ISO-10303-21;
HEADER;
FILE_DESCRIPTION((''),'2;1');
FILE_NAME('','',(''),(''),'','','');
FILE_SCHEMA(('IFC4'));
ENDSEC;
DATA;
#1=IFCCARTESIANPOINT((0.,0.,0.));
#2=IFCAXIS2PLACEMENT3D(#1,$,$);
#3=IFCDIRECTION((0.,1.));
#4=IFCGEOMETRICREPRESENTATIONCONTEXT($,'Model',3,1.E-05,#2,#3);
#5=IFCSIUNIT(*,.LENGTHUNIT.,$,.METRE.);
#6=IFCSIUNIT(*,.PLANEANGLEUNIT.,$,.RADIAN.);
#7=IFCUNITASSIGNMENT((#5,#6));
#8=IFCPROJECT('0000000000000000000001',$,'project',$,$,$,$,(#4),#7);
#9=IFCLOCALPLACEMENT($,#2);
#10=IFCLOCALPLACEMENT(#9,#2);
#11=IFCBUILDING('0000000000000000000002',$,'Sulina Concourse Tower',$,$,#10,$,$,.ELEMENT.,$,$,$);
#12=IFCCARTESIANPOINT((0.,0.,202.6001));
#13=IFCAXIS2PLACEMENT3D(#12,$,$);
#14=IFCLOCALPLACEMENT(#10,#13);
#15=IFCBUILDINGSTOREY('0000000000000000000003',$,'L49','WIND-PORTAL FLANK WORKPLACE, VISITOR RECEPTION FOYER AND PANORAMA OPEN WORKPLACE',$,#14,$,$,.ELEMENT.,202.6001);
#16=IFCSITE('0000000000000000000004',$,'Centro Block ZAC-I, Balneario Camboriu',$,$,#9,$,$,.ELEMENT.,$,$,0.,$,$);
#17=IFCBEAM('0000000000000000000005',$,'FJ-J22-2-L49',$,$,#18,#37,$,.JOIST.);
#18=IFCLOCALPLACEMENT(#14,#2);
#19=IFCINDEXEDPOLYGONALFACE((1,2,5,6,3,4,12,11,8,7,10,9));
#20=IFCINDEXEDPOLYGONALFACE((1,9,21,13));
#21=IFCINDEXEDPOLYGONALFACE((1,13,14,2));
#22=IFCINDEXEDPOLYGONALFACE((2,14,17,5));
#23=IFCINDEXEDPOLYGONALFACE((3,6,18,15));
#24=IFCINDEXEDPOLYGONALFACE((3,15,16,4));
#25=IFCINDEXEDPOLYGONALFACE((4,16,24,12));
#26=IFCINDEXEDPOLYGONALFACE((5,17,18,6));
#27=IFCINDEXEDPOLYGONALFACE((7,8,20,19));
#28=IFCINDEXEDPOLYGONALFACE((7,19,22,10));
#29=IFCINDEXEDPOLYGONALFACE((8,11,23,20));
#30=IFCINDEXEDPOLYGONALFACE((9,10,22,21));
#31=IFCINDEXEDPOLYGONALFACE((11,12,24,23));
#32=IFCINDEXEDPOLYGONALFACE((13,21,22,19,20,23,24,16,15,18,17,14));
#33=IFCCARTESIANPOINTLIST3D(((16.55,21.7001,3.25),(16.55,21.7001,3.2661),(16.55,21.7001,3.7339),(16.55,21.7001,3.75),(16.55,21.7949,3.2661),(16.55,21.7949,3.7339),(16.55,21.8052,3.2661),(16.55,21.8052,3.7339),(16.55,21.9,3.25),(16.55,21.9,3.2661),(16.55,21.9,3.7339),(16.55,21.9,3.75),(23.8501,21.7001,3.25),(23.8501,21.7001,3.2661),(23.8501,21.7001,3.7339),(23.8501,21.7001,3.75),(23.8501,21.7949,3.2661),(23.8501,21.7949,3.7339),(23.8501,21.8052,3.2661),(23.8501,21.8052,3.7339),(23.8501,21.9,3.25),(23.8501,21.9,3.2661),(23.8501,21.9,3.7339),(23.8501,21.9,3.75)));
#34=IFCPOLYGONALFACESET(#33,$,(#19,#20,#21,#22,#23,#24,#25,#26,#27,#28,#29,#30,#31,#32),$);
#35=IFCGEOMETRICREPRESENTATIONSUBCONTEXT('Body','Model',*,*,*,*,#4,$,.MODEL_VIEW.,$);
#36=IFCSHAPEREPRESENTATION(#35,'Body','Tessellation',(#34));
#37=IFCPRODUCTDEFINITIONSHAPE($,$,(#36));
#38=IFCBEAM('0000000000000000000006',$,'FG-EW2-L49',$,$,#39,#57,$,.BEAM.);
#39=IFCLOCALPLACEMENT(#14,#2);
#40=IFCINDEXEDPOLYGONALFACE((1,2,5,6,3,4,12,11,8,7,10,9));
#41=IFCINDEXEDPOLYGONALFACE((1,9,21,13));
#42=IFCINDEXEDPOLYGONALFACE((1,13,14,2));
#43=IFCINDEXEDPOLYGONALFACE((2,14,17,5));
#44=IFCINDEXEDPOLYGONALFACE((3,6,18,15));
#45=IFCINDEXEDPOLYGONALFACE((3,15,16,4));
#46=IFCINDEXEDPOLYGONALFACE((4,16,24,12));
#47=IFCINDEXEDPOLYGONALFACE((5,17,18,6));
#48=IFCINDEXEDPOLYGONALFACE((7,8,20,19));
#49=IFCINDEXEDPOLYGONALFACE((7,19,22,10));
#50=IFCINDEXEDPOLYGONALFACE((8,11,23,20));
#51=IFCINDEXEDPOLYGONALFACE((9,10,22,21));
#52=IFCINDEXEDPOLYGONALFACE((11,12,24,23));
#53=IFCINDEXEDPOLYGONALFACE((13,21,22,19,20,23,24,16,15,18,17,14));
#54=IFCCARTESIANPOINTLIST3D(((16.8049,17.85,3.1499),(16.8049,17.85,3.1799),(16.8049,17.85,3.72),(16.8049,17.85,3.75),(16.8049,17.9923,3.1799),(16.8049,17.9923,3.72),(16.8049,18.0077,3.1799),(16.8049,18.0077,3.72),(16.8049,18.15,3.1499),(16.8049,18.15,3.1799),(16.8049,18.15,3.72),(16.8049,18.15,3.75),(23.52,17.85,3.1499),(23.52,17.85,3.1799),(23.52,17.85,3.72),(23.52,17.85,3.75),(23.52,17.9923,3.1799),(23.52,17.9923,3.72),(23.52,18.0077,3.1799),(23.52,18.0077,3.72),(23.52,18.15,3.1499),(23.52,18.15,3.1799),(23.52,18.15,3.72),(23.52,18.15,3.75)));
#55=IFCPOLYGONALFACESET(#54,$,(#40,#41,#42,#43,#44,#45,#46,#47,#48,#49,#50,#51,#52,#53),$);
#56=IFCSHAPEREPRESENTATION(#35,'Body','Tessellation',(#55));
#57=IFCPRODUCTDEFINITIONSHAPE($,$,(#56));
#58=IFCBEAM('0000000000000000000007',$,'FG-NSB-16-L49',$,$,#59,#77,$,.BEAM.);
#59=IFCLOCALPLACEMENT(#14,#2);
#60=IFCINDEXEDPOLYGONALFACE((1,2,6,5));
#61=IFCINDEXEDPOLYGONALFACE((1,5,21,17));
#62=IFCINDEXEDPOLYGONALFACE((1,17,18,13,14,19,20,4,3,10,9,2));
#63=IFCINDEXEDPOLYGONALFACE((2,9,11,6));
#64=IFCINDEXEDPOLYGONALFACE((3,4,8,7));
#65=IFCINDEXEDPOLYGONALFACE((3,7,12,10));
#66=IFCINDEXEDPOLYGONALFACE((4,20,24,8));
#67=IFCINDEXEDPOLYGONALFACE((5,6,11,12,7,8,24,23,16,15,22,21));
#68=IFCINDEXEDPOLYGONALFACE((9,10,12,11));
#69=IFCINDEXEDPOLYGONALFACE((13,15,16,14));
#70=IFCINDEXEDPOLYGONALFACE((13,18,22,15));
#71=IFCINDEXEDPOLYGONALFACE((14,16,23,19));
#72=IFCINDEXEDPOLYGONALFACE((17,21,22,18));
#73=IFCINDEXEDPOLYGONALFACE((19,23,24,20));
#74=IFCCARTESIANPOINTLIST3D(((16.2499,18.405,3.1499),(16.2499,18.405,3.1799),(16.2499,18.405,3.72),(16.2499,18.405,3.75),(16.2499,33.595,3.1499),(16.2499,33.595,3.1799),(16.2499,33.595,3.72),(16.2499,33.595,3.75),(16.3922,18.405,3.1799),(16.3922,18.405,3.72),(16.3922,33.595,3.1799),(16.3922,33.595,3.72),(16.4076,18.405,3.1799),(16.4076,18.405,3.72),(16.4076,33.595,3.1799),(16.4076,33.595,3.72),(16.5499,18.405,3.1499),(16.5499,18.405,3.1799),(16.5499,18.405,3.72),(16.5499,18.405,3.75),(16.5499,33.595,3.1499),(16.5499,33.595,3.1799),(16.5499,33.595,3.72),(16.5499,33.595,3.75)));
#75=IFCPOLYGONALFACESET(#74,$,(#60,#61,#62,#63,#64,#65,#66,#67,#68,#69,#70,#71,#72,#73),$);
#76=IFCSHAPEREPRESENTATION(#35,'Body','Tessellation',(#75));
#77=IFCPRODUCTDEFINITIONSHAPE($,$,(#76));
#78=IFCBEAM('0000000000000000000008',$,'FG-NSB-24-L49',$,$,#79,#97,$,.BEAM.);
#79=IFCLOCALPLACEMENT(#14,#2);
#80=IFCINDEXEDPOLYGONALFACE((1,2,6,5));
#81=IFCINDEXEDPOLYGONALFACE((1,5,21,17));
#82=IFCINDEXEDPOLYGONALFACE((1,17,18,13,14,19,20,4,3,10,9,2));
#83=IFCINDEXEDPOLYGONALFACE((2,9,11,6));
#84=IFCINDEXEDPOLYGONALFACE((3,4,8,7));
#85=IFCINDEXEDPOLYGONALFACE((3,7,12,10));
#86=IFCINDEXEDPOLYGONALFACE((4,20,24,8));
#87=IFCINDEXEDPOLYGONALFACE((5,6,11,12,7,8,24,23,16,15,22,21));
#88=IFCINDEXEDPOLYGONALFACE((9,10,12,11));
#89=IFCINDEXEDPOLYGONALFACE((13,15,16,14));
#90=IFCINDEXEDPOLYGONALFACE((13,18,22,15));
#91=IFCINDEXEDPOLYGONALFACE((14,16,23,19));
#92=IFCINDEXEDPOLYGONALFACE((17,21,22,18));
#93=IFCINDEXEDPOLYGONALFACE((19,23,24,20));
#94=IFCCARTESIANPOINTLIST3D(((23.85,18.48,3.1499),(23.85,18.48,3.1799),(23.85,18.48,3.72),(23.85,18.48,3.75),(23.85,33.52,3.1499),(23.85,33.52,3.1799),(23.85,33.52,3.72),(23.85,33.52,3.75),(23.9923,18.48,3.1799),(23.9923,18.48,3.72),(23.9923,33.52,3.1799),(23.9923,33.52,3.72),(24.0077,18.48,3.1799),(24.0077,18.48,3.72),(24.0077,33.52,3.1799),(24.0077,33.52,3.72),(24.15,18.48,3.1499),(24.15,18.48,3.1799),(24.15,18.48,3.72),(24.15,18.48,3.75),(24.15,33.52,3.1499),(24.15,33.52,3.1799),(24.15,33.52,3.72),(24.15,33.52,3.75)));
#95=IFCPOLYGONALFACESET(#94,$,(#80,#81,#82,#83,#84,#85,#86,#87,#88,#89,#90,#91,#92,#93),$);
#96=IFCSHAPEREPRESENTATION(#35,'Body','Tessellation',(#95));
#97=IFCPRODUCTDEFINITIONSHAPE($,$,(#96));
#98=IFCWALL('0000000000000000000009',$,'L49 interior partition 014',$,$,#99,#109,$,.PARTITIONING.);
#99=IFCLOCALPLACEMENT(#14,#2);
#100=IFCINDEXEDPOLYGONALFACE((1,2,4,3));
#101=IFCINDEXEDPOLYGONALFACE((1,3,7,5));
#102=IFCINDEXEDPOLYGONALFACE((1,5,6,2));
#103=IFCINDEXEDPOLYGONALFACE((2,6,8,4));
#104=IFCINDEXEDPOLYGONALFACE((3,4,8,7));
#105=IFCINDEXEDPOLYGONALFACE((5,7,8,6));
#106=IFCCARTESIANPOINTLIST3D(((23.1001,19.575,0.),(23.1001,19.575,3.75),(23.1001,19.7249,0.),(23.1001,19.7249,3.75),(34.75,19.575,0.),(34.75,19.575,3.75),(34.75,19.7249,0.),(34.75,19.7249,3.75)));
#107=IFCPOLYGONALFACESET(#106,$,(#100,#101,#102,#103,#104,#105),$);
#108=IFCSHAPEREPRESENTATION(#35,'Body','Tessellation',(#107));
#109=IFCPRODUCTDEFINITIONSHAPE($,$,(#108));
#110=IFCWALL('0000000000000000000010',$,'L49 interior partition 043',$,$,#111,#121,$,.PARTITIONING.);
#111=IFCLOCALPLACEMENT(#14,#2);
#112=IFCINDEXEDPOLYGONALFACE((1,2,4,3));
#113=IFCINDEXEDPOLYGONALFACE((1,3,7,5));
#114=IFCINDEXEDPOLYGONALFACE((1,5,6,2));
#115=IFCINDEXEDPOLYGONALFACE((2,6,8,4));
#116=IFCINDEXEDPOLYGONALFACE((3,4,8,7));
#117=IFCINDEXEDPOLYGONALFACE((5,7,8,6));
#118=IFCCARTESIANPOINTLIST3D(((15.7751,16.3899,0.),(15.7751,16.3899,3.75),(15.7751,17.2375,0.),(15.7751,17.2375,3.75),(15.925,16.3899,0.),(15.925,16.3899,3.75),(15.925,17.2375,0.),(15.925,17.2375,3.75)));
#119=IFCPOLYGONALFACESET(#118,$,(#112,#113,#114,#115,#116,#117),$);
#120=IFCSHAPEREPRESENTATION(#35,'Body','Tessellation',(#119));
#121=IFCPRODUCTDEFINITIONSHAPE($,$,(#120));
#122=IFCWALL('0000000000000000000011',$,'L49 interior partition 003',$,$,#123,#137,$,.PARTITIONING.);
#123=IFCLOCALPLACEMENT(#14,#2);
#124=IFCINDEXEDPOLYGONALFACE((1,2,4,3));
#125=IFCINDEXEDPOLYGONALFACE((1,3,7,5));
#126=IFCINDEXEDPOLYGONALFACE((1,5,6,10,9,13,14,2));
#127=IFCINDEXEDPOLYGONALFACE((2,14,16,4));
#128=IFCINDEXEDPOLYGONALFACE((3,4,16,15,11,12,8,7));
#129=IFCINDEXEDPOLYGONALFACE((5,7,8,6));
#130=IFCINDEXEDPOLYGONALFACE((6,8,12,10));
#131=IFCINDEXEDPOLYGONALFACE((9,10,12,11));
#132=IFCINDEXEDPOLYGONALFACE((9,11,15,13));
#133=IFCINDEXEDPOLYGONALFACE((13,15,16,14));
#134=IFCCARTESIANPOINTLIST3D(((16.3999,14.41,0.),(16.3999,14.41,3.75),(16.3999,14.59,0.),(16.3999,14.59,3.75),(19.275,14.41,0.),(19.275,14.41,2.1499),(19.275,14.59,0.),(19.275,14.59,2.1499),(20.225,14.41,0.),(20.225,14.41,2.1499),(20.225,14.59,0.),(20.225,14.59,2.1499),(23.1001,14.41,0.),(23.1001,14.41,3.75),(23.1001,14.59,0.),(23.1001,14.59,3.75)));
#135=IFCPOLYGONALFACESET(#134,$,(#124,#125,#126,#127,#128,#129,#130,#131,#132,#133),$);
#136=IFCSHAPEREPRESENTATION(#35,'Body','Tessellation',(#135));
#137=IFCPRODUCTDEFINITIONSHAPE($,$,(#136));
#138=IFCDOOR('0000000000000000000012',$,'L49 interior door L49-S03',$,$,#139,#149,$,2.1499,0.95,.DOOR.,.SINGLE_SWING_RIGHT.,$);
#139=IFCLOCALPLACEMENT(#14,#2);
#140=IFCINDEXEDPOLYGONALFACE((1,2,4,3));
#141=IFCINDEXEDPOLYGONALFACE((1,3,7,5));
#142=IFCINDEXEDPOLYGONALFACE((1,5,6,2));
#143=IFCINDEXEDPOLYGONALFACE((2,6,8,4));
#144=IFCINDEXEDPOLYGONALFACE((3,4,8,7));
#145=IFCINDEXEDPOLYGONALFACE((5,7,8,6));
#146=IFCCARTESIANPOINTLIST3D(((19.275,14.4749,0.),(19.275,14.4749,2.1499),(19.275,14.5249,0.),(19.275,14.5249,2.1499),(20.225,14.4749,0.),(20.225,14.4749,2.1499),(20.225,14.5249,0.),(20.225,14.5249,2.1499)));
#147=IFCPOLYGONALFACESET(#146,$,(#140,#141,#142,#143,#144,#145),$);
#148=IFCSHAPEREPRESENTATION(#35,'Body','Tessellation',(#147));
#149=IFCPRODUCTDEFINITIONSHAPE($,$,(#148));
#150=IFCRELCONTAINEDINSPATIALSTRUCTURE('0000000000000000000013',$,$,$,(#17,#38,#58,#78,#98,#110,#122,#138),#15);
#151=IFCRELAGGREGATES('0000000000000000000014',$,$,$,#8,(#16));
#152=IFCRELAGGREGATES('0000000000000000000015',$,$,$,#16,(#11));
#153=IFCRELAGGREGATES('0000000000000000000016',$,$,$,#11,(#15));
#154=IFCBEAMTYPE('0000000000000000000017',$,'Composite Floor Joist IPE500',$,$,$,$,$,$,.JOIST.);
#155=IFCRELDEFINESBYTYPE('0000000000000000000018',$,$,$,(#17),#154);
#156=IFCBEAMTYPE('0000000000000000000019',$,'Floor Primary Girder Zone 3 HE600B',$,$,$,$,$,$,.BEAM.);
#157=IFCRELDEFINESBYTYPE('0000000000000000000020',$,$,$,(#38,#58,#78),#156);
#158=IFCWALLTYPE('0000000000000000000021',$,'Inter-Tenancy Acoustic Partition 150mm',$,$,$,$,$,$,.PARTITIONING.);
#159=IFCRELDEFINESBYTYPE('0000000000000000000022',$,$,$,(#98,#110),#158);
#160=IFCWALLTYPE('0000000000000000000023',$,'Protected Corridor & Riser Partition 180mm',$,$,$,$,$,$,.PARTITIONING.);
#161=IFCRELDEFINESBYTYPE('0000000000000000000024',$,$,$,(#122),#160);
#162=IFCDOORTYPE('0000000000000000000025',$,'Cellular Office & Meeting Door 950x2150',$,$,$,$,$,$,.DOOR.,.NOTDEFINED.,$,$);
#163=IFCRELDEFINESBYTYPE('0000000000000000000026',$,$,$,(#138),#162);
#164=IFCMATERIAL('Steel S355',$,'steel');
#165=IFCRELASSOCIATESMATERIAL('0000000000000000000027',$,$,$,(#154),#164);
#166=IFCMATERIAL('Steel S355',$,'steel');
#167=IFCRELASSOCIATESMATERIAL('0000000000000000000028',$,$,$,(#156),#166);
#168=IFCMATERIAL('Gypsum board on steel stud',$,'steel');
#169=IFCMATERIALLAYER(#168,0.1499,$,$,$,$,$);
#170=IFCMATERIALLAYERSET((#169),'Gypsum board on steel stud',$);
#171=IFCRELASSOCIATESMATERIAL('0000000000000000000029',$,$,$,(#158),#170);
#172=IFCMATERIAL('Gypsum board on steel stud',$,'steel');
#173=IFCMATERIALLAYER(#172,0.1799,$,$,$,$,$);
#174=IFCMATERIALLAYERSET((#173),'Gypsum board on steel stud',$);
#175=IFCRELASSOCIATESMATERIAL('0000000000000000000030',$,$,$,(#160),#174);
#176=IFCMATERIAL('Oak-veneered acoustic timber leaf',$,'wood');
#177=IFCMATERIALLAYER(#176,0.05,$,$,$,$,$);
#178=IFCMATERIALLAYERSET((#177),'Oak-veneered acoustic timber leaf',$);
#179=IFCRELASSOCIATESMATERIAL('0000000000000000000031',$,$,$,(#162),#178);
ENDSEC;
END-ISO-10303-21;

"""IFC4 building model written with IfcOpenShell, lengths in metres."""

from ifc_helpers import new_model, si_unit, direction, frame, frame_2d, origin, origin_2d, place, context, subcontext, project, spatial, rectangle, i_section, extrude, material, layer, layer_set, material_profile, profile_set, type_object, element, fill, save


model = new_model("IFC4")

# Units and contexts
model_context = context("Model", 3, precision=1e-05, world=origin(), true_north=direction((0.0, 1.0)))
body_context = subcontext(model_context, "Body", "Model", "MODEL_VIEW")
ifc_project = project(units=[si_unit("LENGTHUNIT", "METRE"), si_unit("PLANEANGLEUNIT", "RADIAN")], contexts=[model_context])

# Site, building, storey
site_placement = place(None, origin())
site = spatial("IfcSite", under=ifc_project, at=site_placement, Name="Centro Block ZAC-I, Balneario Camboriu", CompositionType="ELEMENT", RefElevation=0.0)
building_placement = place(site_placement, origin())
building = spatial("IfcBuilding", under=site, at=building_placement, Name="Sulina Concourse Tower", CompositionType="ELEMENT")
storey_placement = place(building_placement, frame((0.0, 0.0, 202.6001)))
storey = spatial("IfcBuildingStorey", under=building, at=storey_placement, Name="L49", Description="WIND-PORTAL FLANK WORKPLACE, VISITOR RECEPTION FOYER AND PANORAMA OPEN WORKPLACE", CompositionType="ELEMENT", Elevation=202.6001)

# Beams
ifc_material_1 = material(Name="Steel S355", Category="steel")
ifc_material_profile_1 = material_profile(ifc_material_1, i_section(OverallWidth=0.2, OverallDepth=0.5, WebThickness=0.0103, FlangeThickness=0.0161, at=origin_2d()), Name="IPE 500")
ifc_profile_set_1 = profile_set([ifc_material_profile_1], Name="Steel S355")
beam_type_1 = type_object("IfcBeamType", Name="Composite Floor Joist IPE500", PredefinedType="JOIST", material=ifc_profile_set_1)
beam_1_placement = place(storey_placement, frame((16.55, 21.8, 3.5), z_axis=(1.0, 0.0, 0.0), x_axis=(0.0, 1.0, 0.0)))
element("IfcBeam", 1, at=beam_1_placement, inside=storey, type_object=beam_type_1, Name="FJ-J22-2-L49", PredefinedType="JOIST", context=body_context, shape_type="SweptSolid", body=[
    extrude(i_section(OverallWidth=0.2, OverallDepth=0.5, WebThickness=0.0103, FlangeThickness=0.0161, at=origin_2d()), origin(), (0.0, 0.0, 1.0), 7.3),
])
ifc_material_2 = material(Name="Steel S355", Category="steel")
ifc_material_profile_2 = material_profile(ifc_material_2, i_section(OverallWidth=0.3, OverallDepth=0.6001, WebThickness=0.0154, FlangeThickness=0.03, at=origin_2d()), Name="HE 600 B")
ifc_profile_set_2 = profile_set([ifc_material_profile_2], Name="Steel S355")
beam_type_2 = type_object("IfcBeamType", Name="Floor Primary Girder Zone 3 HE600B", PredefinedType="BEAM", material=ifc_profile_set_2)
beam_2_placement = place(storey_placement, frame((16.8049, 18.0, 3.45), z_axis=(1.0, 0.0, 0.0), x_axis=(0.0, 1.0, 0.0)))
element("IfcBeam", 2, at=beam_2_placement, inside=storey, type_object=beam_type_2, Name="FG-EW2-L49", PredefinedType="BEAM", context=body_context, shape_type="SweptSolid", body=[
    extrude(i_section(OverallWidth=0.3, OverallDepth=0.6001, WebThickness=0.0154, FlangeThickness=0.03, at=origin_2d()), origin(), (0.0, 0.0, 1.0), 6.7151),
])
beam_3_placement = place(storey_placement, frame((16.3999, 18.405, 3.45), z_axis=(0.0, 1.0, 0.0), x_axis=(-1.0, 0.0, 0.0)))
element("IfcBeam", 3, at=beam_3_placement, inside=storey, type_object=beam_type_2, Name="FG-NSB-16-L49", PredefinedType="BEAM", context=body_context, shape_type="SweptSolid", body=[
    extrude(i_section(OverallWidth=0.3, OverallDepth=0.6001, WebThickness=0.0154, FlangeThickness=0.03, at=origin_2d()), origin(), (0.0, 0.0, 1.0), 15.1899),
])
beam_4_placement = place(storey_placement, frame((24.0, 18.48, 3.45), z_axis=(0.0, 1.0, 0.0), x_axis=(-1.0, 0.0, 0.0)))
element("IfcBeam", 4, at=beam_4_placement, inside=storey, type_object=beam_type_2, Name="FG-NSB-24-L49", PredefinedType="BEAM", context=body_context, shape_type="SweptSolid", body=[
    extrude(i_section(OverallWidth=0.3, OverallDepth=0.6001, WebThickness=0.0154, FlangeThickness=0.03, at=origin_2d()), origin(), (0.0, 0.0, 1.0), 15.04),
])

# Walls
ifc_material_3 = material(Name="Gypsum board on steel stud", Category="steel")
ifc_layer_1 = layer(ifc_material_3, 0.1499)
ifc_layer_set_1 = layer_set([ifc_layer_1], Name="Gypsum board on steel stud")
wall_type_1 = type_object("IfcWallType", Name="Inter-Tenancy Acoustic Partition 150mm", PredefinedType="PARTITIONING", material=ifc_layer_set_1)
wall_1_placement = place(storey_placement, frame((23.1001, 19.6499, 0.0), z_axis=(0.0, 0.0, 1.0), x_axis=(1.0, 0.0, 0.0)))
element("IfcWall", 5, at=wall_1_placement, inside=storey, type_object=wall_type_1, Name="L49 interior partition 014", PredefinedType="PARTITIONING", context=body_context, shape_type="SweptSolid", body=[
    extrude(rectangle(XDim=11.6499, YDim=0.1499, at=frame_2d((5.825, 0.0))), origin(), (0.0, 0.0, 1.0), 3.75),
])
wall_2_placement = place(storey_placement, frame((15.8501, 16.3899, 0.0), z_axis=(0.0, 0.0, 1.0), x_axis=(0.0, 1.0, 0.0)))
element("IfcWall", 6, at=wall_2_placement, inside=storey, type_object=wall_type_1, Name="L49 interior partition 043", PredefinedType="PARTITIONING", context=body_context, shape_type="SweptSolid", body=[
    extrude(rectangle(XDim=0.8477, YDim=0.1499, at=frame_2d((0.4238, 0.0))), origin(), (0.0, 0.0, 1.0), 3.75),
])

# Wall, opening, door
ifc_material_4 = material(Name="Gypsum board on steel stud", Category="steel")
ifc_layer_2 = layer(ifc_material_4, 0.1799)
ifc_layer_set_2 = layer_set([ifc_layer_2], Name="Gypsum board on steel stud")
wall_type_2 = type_object("IfcWallType", Name="Protected Corridor & Riser Partition 180mm", PredefinedType="PARTITIONING", material=ifc_layer_set_2)
wall_3_placement = place(storey_placement, frame((16.3999, 14.5, 0.0), z_axis=(0.0, 0.0, 1.0), x_axis=(1.0, 0.0, 0.0)))
wall_3 = element("IfcWall", 7, at=wall_3_placement, inside=storey, type_object=wall_type_2, Name="L49 interior partition 003", PredefinedType="PARTITIONING", context=body_context, shape_type="SweptSolid", body=[
    extrude(rectangle(XDim=6.7002, YDim=0.1799, at=frame_2d((3.3501, 0.0))), origin(), (0.0, 0.0, 1.0), 3.75),
])
opening_1_placement = place(wall_3_placement, frame((2.875, 0.0, 0.0)))
opening_1 = element("IfcOpeningElement", 8, at=opening_1_placement, cuts=wall_3, PredefinedType="OPENING", context=body_context, shape_type="SweptSolid", body=[
    extrude(rectangle(XDim=0.95, YDim=2.1499, at=frame_2d((0.4751, 1.075))), frame((0.0, 0.0999, 0.0), z_axis=(0.0, -1.0, 0.0), x_axis=(1.0, 0.0, 0.0)), (0.0, 0.0, 1.0), 0.2),
])
ifc_material_5 = material(Name="Oak-veneered acoustic timber leaf", Category="wood")
ifc_layer_3 = layer(ifc_material_5, 0.05)
ifc_layer_set_3 = layer_set([ifc_layer_3], Name="Oak-veneered acoustic timber leaf")
door_type_1 = type_object("IfcDoorType", Name="Cellular Office & Meeting Door 950x2150", OperationType="NOTDEFINED", PredefinedType="DOOR", material=ifc_layer_set_3)
door_1_placement = place(opening_1_placement, origin())
door_1 = element("IfcDoor", 9, at=door_1_placement, inside=storey, type_object=door_type_1, Name="L49 interior door L49-S03", OperationType="SINGLE_SWING_RIGHT", OverallHeight=2.1499, OverallWidth=0.95, PredefinedType="DOOR", context=body_context, shape_type="SweptSolid", body=[
    extrude(rectangle(XDim=0.95, YDim=2.1499, at=frame_2d((0.4751, 1.075))), frame((0.0, 0.0249, 0.0), z_axis=(0.0, -1.0, 0.0), x_axis=(1.0, 0.0, 0.0)), (0.0, 0.0, 1.0), 0.05),
])
fill(opening_1, door_1)

save(model, "model.ifc")
